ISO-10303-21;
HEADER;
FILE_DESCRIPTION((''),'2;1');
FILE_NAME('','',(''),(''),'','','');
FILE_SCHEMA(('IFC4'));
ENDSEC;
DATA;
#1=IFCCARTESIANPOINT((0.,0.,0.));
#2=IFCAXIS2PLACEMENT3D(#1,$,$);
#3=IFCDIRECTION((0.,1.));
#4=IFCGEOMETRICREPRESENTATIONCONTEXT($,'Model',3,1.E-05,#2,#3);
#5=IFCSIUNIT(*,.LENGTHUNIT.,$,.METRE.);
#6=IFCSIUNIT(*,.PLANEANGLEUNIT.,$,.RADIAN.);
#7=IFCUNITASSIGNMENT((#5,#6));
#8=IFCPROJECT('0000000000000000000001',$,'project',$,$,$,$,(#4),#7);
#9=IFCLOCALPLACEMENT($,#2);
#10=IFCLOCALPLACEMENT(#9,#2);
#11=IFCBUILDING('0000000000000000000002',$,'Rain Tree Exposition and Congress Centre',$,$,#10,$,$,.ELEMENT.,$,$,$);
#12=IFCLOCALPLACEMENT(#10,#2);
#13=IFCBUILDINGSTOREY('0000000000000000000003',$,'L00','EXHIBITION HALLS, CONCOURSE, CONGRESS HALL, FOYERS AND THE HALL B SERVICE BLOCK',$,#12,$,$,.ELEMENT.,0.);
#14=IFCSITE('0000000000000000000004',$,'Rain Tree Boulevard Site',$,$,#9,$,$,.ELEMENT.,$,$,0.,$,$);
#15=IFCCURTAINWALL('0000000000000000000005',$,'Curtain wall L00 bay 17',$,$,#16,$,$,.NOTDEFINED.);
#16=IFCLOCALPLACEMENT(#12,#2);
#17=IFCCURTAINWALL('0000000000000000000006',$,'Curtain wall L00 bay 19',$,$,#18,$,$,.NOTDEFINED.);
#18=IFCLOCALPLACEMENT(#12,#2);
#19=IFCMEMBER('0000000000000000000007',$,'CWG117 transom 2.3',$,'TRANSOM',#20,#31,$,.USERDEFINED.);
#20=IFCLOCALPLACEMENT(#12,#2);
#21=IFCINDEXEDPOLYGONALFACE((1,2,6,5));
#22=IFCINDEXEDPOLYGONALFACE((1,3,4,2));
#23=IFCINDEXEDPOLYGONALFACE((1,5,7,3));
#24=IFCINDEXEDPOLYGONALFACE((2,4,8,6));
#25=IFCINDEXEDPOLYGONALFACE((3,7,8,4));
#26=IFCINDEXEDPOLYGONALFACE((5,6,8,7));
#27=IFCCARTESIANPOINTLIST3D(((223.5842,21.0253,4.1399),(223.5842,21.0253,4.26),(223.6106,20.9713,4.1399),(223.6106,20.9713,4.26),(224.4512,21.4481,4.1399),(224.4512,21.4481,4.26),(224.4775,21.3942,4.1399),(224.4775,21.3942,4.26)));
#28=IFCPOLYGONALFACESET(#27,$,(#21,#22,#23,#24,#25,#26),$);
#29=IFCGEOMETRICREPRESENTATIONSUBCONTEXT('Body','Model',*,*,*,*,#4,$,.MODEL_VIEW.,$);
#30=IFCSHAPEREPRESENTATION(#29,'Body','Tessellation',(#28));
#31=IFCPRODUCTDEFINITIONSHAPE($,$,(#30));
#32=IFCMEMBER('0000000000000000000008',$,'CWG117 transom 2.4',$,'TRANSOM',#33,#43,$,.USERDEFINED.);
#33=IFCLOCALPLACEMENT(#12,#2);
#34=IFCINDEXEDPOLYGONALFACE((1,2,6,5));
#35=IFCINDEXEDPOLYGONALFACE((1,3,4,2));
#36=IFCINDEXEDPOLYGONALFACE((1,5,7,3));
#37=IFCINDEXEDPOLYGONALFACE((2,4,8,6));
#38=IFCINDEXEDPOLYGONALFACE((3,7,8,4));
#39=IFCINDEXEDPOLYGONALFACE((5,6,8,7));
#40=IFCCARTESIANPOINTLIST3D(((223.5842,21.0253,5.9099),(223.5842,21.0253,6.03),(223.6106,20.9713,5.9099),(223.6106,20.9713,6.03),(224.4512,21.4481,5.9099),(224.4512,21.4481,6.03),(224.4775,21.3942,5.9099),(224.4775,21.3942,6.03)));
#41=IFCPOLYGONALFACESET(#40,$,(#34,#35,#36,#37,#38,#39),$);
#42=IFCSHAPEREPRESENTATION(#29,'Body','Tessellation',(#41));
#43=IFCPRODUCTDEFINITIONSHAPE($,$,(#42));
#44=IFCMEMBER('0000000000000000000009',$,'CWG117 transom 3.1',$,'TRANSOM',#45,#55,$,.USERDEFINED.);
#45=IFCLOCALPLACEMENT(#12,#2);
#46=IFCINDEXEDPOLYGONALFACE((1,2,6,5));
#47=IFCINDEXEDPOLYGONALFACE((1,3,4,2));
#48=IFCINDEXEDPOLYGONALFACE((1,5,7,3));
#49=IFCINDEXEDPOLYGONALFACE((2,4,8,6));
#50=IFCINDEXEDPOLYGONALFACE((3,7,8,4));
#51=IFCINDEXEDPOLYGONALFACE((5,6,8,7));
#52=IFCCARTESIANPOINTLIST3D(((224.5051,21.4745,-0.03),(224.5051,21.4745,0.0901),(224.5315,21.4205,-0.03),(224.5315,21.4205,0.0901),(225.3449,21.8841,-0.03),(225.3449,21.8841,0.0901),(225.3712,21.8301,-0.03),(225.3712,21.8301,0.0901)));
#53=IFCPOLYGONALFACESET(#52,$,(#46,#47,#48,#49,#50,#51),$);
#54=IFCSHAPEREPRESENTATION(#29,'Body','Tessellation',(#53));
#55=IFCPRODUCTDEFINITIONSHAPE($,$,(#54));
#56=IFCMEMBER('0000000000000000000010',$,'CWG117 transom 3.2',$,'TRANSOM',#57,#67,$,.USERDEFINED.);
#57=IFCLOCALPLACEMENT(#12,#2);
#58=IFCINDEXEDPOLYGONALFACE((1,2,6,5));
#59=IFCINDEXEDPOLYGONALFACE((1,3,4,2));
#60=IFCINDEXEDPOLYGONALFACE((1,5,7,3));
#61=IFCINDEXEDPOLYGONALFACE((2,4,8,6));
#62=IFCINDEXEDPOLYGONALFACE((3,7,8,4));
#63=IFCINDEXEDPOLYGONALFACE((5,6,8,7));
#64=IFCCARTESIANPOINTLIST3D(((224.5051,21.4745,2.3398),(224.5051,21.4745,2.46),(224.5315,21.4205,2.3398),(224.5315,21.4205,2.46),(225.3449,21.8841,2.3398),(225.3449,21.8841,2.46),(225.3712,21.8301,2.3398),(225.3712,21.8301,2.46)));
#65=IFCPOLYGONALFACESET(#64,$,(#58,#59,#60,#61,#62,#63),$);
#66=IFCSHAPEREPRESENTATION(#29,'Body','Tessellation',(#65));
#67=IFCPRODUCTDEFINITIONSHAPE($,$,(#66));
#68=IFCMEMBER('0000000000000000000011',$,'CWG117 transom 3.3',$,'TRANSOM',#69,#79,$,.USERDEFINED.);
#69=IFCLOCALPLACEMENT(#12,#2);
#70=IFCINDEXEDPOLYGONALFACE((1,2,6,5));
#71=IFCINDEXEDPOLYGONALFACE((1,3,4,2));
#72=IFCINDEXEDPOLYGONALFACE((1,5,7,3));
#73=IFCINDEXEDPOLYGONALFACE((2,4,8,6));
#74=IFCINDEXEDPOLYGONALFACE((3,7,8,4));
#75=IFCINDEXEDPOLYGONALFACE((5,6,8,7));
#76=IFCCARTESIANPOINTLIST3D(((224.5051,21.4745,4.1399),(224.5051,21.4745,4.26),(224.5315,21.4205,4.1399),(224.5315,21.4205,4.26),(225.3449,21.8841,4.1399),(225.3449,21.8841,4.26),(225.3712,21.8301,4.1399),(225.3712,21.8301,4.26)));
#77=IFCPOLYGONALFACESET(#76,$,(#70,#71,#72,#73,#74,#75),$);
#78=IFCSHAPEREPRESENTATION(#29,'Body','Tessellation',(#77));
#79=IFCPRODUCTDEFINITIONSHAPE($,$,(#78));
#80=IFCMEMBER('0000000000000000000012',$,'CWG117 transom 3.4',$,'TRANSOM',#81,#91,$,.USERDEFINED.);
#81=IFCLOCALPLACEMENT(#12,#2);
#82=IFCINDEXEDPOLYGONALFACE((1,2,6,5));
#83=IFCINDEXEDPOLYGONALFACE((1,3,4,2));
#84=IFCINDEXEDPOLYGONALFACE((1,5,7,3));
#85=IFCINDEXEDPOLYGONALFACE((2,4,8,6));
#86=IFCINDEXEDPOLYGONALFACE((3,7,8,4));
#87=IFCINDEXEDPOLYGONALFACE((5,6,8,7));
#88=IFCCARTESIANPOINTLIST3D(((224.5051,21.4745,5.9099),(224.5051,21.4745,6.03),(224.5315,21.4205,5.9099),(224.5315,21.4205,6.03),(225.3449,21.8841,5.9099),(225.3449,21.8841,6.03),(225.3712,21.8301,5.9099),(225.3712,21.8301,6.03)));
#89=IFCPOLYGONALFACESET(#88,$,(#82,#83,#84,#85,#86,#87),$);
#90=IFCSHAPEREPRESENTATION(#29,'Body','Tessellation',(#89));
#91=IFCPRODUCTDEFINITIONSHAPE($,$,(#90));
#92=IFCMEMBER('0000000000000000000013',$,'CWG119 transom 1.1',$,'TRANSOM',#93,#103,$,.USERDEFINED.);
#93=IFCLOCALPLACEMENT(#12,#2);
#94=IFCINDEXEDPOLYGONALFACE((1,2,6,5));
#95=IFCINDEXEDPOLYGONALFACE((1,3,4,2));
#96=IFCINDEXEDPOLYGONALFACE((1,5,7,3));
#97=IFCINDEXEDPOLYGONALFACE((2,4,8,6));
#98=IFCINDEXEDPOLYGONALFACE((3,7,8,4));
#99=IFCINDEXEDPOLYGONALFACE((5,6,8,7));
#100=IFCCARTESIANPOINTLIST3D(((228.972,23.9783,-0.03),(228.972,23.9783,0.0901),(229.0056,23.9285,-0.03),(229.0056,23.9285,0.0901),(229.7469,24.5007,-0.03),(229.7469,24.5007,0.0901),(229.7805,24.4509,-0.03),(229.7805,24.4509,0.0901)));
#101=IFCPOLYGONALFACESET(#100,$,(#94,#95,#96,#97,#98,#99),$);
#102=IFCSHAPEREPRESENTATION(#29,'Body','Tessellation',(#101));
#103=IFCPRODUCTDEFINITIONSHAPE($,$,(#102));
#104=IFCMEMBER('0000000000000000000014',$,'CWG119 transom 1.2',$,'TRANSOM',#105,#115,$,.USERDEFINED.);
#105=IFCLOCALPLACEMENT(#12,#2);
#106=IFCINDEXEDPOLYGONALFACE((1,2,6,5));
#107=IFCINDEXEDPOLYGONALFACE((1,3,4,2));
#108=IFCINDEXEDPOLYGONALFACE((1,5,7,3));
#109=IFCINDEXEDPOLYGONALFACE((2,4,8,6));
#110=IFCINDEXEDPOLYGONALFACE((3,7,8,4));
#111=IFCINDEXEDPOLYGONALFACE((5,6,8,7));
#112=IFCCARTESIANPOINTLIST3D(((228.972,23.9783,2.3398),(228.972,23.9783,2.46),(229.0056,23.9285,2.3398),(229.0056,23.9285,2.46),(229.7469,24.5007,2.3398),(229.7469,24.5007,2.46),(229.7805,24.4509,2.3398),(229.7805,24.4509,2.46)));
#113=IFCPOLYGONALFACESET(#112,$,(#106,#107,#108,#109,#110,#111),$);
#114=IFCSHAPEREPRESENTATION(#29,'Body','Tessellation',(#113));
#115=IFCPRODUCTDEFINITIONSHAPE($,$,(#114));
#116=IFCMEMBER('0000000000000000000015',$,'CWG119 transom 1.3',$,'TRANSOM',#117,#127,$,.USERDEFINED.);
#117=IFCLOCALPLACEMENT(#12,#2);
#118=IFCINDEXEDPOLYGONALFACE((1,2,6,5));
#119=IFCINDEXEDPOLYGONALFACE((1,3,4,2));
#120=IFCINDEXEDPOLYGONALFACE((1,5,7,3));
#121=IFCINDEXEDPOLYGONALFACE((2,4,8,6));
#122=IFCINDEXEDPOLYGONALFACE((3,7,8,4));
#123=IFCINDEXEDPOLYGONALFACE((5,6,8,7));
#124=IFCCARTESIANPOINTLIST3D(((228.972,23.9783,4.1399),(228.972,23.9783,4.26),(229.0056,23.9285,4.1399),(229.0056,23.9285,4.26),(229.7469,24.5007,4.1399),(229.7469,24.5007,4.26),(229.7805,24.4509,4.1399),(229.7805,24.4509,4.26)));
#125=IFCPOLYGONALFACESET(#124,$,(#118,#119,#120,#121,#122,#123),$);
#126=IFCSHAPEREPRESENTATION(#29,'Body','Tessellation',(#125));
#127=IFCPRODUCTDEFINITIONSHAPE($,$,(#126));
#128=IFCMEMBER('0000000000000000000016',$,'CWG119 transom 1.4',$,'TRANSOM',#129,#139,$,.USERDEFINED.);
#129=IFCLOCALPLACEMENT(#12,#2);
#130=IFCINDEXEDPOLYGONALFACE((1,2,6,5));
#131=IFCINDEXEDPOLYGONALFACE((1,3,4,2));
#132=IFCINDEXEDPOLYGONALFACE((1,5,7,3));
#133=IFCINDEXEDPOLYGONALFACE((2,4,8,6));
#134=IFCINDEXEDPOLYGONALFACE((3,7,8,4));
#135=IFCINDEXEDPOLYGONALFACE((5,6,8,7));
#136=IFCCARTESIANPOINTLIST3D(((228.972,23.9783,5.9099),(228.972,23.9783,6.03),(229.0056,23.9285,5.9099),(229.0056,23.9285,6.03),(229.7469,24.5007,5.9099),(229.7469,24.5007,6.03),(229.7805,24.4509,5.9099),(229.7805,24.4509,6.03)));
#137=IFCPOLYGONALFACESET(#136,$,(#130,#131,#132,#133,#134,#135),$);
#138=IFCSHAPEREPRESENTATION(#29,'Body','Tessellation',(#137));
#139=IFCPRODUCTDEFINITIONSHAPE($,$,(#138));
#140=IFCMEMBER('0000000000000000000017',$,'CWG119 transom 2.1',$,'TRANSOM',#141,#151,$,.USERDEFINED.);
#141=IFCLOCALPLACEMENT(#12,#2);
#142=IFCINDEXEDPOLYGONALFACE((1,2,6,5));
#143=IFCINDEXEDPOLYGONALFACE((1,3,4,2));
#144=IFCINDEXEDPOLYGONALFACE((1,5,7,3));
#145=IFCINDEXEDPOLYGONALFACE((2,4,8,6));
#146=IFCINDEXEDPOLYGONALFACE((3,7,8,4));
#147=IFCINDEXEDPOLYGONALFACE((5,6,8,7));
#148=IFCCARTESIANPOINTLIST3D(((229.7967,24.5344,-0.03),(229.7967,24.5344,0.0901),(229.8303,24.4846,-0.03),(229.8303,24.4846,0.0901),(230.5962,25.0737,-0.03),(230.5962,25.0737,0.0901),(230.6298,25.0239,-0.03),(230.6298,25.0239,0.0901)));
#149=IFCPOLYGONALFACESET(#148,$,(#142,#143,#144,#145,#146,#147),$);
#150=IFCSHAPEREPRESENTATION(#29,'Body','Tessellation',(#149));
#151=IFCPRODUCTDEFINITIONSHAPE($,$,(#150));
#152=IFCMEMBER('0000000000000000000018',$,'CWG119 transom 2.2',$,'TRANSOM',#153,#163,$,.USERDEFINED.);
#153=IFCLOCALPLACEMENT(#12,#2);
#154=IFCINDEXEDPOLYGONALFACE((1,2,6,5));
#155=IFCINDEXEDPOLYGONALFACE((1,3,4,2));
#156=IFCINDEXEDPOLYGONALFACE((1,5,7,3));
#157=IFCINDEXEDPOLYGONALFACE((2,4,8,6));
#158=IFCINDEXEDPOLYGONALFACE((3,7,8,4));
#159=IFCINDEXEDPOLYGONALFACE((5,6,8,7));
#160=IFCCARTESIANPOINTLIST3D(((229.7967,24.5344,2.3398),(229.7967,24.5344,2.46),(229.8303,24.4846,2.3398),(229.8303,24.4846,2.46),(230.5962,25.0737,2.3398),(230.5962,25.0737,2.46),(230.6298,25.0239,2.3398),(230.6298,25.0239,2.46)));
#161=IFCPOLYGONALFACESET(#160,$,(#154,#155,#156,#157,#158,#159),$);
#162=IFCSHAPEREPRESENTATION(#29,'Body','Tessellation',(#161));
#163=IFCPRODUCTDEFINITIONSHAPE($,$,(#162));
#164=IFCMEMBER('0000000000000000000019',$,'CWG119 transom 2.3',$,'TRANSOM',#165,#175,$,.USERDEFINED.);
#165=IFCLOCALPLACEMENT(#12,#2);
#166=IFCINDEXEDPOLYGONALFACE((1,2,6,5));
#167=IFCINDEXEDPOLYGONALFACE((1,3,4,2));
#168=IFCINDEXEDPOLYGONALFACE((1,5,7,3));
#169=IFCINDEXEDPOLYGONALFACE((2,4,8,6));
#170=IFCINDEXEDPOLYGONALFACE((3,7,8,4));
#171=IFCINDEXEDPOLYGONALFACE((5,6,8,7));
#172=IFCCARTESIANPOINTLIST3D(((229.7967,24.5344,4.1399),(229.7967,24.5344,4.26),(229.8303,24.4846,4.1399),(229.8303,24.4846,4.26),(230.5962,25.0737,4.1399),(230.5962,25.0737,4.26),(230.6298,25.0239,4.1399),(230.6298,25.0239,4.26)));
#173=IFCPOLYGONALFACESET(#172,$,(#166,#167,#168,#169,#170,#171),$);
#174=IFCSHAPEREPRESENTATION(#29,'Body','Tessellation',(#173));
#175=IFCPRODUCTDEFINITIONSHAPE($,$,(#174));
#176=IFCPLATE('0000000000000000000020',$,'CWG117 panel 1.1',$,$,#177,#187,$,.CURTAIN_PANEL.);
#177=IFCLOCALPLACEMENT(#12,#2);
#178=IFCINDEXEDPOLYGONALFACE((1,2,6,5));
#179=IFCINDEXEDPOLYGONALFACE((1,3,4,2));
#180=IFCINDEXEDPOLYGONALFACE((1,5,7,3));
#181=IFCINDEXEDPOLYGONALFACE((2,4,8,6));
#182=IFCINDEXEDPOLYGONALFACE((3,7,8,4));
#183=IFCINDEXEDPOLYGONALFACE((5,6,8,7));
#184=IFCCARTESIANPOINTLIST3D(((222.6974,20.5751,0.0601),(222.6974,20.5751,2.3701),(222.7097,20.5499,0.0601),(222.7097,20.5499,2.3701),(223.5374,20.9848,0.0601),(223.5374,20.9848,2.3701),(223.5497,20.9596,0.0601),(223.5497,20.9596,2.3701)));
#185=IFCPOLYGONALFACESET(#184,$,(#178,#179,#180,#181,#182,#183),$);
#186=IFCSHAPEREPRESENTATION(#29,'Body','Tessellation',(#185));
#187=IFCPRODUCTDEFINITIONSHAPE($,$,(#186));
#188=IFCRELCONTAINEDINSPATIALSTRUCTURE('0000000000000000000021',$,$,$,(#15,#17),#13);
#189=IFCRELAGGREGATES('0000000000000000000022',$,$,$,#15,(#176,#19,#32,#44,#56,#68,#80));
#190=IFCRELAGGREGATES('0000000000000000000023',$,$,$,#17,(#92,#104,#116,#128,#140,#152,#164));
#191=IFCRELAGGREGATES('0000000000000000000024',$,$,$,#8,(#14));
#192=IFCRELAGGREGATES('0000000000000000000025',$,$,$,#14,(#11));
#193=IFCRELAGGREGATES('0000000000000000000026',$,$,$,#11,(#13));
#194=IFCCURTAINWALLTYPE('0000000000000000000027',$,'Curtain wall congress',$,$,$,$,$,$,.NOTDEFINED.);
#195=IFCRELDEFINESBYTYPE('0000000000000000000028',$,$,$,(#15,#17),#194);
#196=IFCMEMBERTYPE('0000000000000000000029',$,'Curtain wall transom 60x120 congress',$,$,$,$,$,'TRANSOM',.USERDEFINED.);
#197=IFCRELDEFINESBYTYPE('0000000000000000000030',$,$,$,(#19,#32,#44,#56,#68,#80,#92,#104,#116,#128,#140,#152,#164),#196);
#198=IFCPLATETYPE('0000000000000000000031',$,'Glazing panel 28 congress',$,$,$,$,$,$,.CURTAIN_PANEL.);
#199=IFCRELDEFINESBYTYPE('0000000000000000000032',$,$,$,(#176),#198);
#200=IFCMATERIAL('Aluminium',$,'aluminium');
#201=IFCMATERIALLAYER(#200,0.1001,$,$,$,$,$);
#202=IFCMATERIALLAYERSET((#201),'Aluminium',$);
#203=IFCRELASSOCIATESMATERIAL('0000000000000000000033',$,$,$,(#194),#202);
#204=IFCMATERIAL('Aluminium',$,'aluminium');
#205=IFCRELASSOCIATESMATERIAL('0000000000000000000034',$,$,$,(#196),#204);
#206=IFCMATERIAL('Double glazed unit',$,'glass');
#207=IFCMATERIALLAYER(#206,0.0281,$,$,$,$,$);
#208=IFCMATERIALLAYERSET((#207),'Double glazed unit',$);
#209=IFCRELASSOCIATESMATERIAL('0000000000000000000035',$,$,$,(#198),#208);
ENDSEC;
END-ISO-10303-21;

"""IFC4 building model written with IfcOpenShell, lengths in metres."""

from ifc_helpers import new_model, si_unit, direction, frame, origin, origin_2d, place, context, subcontext, project, spatial, rectangle, extrude, material, layer, layer_set, material_profile, profile_set, type_object, element, aggregate, save


model = new_model("IFC4")

# Units and contexts
model_context = context("Model", 3, precision=1e-05, world=origin(), true_north=direction((0.0, 1.0)))
body_context = subcontext(model_context, "Body", "Model", "MODEL_VIEW")
ifc_project = project(units=[si_unit("LENGTHUNIT", "METRE"), si_unit("PLANEANGLEUNIT", "RADIAN")], contexts=[model_context])

# Site, building, storey
site_placement = place(None, origin())
site = spatial("IfcSite", under=ifc_project, at=site_placement, Name="Rain Tree Boulevard Site", CompositionType="ELEMENT", RefElevation=0.0)
building_placement = place(site_placement, origin())
building = spatial("IfcBuilding", under=site, at=building_placement, Name="Rain Tree Exposition and Congress Centre", CompositionType="ELEMENT")
storey_placement = place(building_placement, origin())
storey = spatial("IfcBuildingStorey", under=building, at=storey_placement, Name="L00", Description="EXHIBITION HALLS, CONCOURSE, CONGRESS HALL, FOYERS AND THE HALL B SERVICE BLOCK", CompositionType="ELEMENT", Elevation=0.0)

# Curtain walls
ifc_material_1 = material(Name="Aluminium", Category="aluminium")
ifc_layer_1 = layer(ifc_material_1, 0.1001)
ifc_layer_set_1 = layer_set([ifc_layer_1], Name="Aluminium")
curtain_wall_type = type_object("IfcCurtainWallType", Name="Curtain wall congress", PredefinedType="NOTDEFINED", material=ifc_layer_set_1)
curtain_wall_1_placement = place(storey_placement, origin())
curtain_wall_1 = element("IfcCurtainWall", 1, at=curtain_wall_1_placement, inside=storey, type_object=curtain_wall_type, Name="Curtain wall L00 bay 17", PredefinedType="NOTDEFINED")
curtain_wall_2_placement = place(storey_placement, origin())
curtain_wall_2 = element("IfcCurtainWall", 2, at=curtain_wall_2_placement, inside=storey, type_object=curtain_wall_type, Name="Curtain wall L00 bay 19", PredefinedType="NOTDEFINED")

# Members
ifc_material_2 = material(Name="Aluminium", Category="aluminium")
ifc_material_profile_1 = material_profile(ifc_material_2, rectangle(XDim=0.0601, YDim=0.1201, at=origin_2d()), Name="AL 60x120")
ifc_profile_set_1 = profile_set([ifc_material_profile_1], Name="Aluminium")
member_type_1 = type_object("IfcMemberType", Name="Curtain wall transom 60x120 congress", ElementType="TRANSOM", PredefinedType="USERDEFINED", material=ifc_profile_set_1)
member_1_placement = place(storey_placement, frame((223.5974, 20.9983, 4.2), z_axis=(0.898788, 0.438384, 0.0), x_axis=(-0.438384, 0.898788, 0.0)))
member_1 = element("IfcMember", 3, at=member_1_placement, type_object=member_type_1, Name="CWG117 transom 2.3", ObjectType="TRANSOM", PredefinedType="USERDEFINED", context=body_context, shape_type="SweptSolid", body=[
    extrude(rectangle(XDim=0.0601, YDim=0.1201, at=origin_2d()), origin(), (0.0, 0.0, 1.0), 0.9646),
])
member_2_placement = place(storey_placement, frame((223.5974, 20.9983, 5.97), z_axis=(0.898788, 0.438384, 0.0), x_axis=(-0.438384, 0.898788, 0.0)))
member_2 = element("IfcMember", 4, at=member_2_placement, type_object=member_type_1, Name="CWG117 transom 2.4", ObjectType="TRANSOM", PredefinedType="USERDEFINED", context=body_context, shape_type="SweptSolid", body=[
    extrude(rectangle(XDim=0.0601, YDim=0.1201, at=origin_2d()), origin(), (0.0, 0.0, 1.0), 0.9646),
])
member_3_placement = place(storey_placement, frame((224.5183, 21.4475, 0.03), z_axis=(0.898773, 0.438413, 0.0), x_axis=(-0.438413, 0.898773, 0.0)))
member_3 = element("IfcMember", 5, at=member_3_placement, type_object=member_type_1, Name="CWG117 transom 3.1", ObjectType="TRANSOM", PredefinedType="USERDEFINED", context=body_context, shape_type="SweptSolid", body=[
    extrude(rectangle(XDim=0.0601, YDim=0.1201, at=origin_2d()), origin(), (0.0, 0.0, 1.0), 0.9343),
])
member_4_placement = place(storey_placement, frame((224.5183, 21.4475, 2.3999), z_axis=(0.898773, 0.438413, 0.0), x_axis=(-0.438413, 0.898773, 0.0)))
member_4 = element("IfcMember", 6, at=member_4_placement, type_object=member_type_1, Name="CWG117 transom 3.2", ObjectType="TRANSOM", PredefinedType="USERDEFINED", context=body_context, shape_type="SweptSolid", body=[
    extrude(rectangle(XDim=0.0601, YDim=0.1201, at=origin_2d()), origin(), (0.0, 0.0, 1.0), 0.9343),
])
member_5_placement = place(storey_placement, frame((224.5183, 21.4475, 4.2), z_axis=(0.898773, 0.438413, 0.0), x_axis=(-0.438413, 0.898773, 0.0)))
member_5 = element("IfcMember", 7, at=member_5_placement, type_object=member_type_1, Name="CWG117 transom 3.3", ObjectType="TRANSOM", PredefinedType="USERDEFINED", context=body_context, shape_type="SweptSolid", body=[
    extrude(rectangle(XDim=0.0601, YDim=0.1201, at=origin_2d()), origin(), (0.0, 0.0, 1.0), 0.9343),
])
member_6_placement = place(storey_placement, frame((224.5183, 21.4475, 5.97), z_axis=(0.898773, 0.438413, 0.0), x_axis=(-0.438413, 0.898773, 0.0)))
member_6 = element("IfcMember", 8, at=member_6_placement, type_object=member_type_1, Name="CWG117 transom 3.4", ObjectType="TRANSOM", PredefinedType="USERDEFINED", context=body_context, shape_type="SweptSolid", body=[
    extrude(rectangle(XDim=0.0601, YDim=0.1201, at=origin_2d()), origin(), (0.0, 0.0, 1.0), 0.9343),
])
member_7_placement = place(storey_placement, frame((228.9888, 23.9534, 0.03), z_axis=(0.829145, 0.559033, 0.0), x_axis=(-0.559033, 0.829145, 0.0)))
member_7 = element("IfcMember", 9, at=member_7_placement, type_object=member_type_1, Name="CWG119 transom 1.1", ObjectType="TRANSOM", PredefinedType="USERDEFINED", context=body_context, shape_type="SweptSolid", body=[
    extrude(rectangle(XDim=0.0601, YDim=0.1201, at=origin_2d()), origin(), (0.0, 0.0, 1.0), 0.9346),
])
member_8_placement = place(storey_placement, frame((228.9888, 23.9534, 2.3999), z_axis=(0.829145, 0.559033, 0.0), x_axis=(-0.559033, 0.829145, 0.0)))
member_8 = element("IfcMember", 10, at=member_8_placement, type_object=member_type_1, Name="CWG119 transom 1.2", ObjectType="TRANSOM", PredefinedType="USERDEFINED", context=body_context, shape_type="SweptSolid", body=[
    extrude(rectangle(XDim=0.0601, YDim=0.1201, at=origin_2d()), origin(), (0.0, 0.0, 1.0), 0.9346),
])
member_9_placement = place(storey_placement, frame((228.9888, 23.9534, 4.2), z_axis=(0.829145, 0.559033, 0.0), x_axis=(-0.559033, 0.829145, 0.0)))
member_9 = element("IfcMember", 11, at=member_9_placement, type_object=member_type_1, Name="CWG119 transom 1.3", ObjectType="TRANSOM", PredefinedType="USERDEFINED", context=body_context, shape_type="SweptSolid", body=[
    extrude(rectangle(XDim=0.0601, YDim=0.1201, at=origin_2d()), origin(), (0.0, 0.0, 1.0), 0.9346),
])
member_10_placement = place(storey_placement, frame((228.9888, 23.9534, 5.97), z_axis=(0.829145, 0.559033, 0.0), x_axis=(-0.559033, 0.829145, 0.0)))
member_10 = element("IfcMember", 12, at=member_10_placement, type_object=member_type_1, Name="CWG119 transom 1.4", ObjectType="TRANSOM", PredefinedType="USERDEFINED", context=body_context, shape_type="SweptSolid", body=[
    extrude(rectangle(XDim=0.0601, YDim=0.1201, at=origin_2d()), origin(), (0.0, 0.0, 1.0), 0.9346),
])
member_11_placement = place(storey_placement, frame((229.8135, 24.5095, 0.03), z_axis=(0.829039, 0.55919, 0.0), x_axis=(-0.55919, 0.829039, 0.0)))
member_11 = element("IfcMember", 13, at=member_11_placement, type_object=member_type_1, Name="CWG119 transom 2.1", ObjectType="TRANSOM", PredefinedType="USERDEFINED", context=body_context, shape_type="SweptSolid", body=[
    extrude(rectangle(XDim=0.0601, YDim=0.1201, at=origin_2d()), origin(), (0.0, 0.0, 1.0), 0.9644),
])
member_12_placement = place(storey_placement, frame((229.8135, 24.5095, 2.3999), z_axis=(0.829039, 0.55919, 0.0), x_axis=(-0.55919, 0.829039, 0.0)))
member_12 = element("IfcMember", 14, at=member_12_placement, type_object=member_type_1, Name="CWG119 transom 2.2", ObjectType="TRANSOM", PredefinedType="USERDEFINED", context=body_context, shape_type="SweptSolid", body=[
    extrude(rectangle(XDim=0.0601, YDim=0.1201, at=origin_2d()), origin(), (0.0, 0.0, 1.0), 0.9644),
])
member_13_placement = place(storey_placement, frame((229.8135, 24.5095, 4.2), z_axis=(0.829039, 0.55919, 0.0), x_axis=(-0.55919, 0.829039, 0.0)))
member_13 = element("IfcMember", 15, at=member_13_placement, type_object=member_type_1, Name="CWG119 transom 2.3", ObjectType="TRANSOM", PredefinedType="USERDEFINED", context=body_context, shape_type="SweptSolid", body=[
    extrude(rectangle(XDim=0.0601, YDim=0.1201, at=origin_2d()), origin(), (0.0, 0.0, 1.0), 0.9644),
])

# Plate
ifc_material_3 = material(Name="Double glazed unit", Category="glass")
ifc_layer_2 = layer(ifc_material_3, 0.0281)
ifc_layer_set_2 = layer_set([ifc_layer_2], Name="Double glazed unit")
plate_type = type_object("IfcPlateType", Name="Glazing panel 28 congress", PredefinedType="CURTAIN_PANEL", material=ifc_layer_set_2)
plate_1_placement = place(storey_placement, frame((223.1235, 20.7673, 0.0601), z_axis=(0.0, 0.0, 1.0), x_axis=(0.898795, 0.438369, 0.0)))
plate_1 = element("IfcPlate", 16, at=plate_1_placement, type_object=plate_type, Name="CWG117 panel 1.1", PredefinedType="CURTAIN_PANEL", context=body_context, shape_type="SweptSolid", body=[
    extrude(rectangle(XDim=0.9346, YDim=0.0281, at=origin_2d()), origin(), (0.0, 0.0, 1.0), 2.3101),
])
aggregate(curtain_wall_1, [plate_1, member_1, member_2, member_3, member_4, member_5, member_6])
aggregate(curtain_wall_2, [member_7, member_8, member_9, member_10, member_11, member_12, member_13])

save(model, "model.ifc")
